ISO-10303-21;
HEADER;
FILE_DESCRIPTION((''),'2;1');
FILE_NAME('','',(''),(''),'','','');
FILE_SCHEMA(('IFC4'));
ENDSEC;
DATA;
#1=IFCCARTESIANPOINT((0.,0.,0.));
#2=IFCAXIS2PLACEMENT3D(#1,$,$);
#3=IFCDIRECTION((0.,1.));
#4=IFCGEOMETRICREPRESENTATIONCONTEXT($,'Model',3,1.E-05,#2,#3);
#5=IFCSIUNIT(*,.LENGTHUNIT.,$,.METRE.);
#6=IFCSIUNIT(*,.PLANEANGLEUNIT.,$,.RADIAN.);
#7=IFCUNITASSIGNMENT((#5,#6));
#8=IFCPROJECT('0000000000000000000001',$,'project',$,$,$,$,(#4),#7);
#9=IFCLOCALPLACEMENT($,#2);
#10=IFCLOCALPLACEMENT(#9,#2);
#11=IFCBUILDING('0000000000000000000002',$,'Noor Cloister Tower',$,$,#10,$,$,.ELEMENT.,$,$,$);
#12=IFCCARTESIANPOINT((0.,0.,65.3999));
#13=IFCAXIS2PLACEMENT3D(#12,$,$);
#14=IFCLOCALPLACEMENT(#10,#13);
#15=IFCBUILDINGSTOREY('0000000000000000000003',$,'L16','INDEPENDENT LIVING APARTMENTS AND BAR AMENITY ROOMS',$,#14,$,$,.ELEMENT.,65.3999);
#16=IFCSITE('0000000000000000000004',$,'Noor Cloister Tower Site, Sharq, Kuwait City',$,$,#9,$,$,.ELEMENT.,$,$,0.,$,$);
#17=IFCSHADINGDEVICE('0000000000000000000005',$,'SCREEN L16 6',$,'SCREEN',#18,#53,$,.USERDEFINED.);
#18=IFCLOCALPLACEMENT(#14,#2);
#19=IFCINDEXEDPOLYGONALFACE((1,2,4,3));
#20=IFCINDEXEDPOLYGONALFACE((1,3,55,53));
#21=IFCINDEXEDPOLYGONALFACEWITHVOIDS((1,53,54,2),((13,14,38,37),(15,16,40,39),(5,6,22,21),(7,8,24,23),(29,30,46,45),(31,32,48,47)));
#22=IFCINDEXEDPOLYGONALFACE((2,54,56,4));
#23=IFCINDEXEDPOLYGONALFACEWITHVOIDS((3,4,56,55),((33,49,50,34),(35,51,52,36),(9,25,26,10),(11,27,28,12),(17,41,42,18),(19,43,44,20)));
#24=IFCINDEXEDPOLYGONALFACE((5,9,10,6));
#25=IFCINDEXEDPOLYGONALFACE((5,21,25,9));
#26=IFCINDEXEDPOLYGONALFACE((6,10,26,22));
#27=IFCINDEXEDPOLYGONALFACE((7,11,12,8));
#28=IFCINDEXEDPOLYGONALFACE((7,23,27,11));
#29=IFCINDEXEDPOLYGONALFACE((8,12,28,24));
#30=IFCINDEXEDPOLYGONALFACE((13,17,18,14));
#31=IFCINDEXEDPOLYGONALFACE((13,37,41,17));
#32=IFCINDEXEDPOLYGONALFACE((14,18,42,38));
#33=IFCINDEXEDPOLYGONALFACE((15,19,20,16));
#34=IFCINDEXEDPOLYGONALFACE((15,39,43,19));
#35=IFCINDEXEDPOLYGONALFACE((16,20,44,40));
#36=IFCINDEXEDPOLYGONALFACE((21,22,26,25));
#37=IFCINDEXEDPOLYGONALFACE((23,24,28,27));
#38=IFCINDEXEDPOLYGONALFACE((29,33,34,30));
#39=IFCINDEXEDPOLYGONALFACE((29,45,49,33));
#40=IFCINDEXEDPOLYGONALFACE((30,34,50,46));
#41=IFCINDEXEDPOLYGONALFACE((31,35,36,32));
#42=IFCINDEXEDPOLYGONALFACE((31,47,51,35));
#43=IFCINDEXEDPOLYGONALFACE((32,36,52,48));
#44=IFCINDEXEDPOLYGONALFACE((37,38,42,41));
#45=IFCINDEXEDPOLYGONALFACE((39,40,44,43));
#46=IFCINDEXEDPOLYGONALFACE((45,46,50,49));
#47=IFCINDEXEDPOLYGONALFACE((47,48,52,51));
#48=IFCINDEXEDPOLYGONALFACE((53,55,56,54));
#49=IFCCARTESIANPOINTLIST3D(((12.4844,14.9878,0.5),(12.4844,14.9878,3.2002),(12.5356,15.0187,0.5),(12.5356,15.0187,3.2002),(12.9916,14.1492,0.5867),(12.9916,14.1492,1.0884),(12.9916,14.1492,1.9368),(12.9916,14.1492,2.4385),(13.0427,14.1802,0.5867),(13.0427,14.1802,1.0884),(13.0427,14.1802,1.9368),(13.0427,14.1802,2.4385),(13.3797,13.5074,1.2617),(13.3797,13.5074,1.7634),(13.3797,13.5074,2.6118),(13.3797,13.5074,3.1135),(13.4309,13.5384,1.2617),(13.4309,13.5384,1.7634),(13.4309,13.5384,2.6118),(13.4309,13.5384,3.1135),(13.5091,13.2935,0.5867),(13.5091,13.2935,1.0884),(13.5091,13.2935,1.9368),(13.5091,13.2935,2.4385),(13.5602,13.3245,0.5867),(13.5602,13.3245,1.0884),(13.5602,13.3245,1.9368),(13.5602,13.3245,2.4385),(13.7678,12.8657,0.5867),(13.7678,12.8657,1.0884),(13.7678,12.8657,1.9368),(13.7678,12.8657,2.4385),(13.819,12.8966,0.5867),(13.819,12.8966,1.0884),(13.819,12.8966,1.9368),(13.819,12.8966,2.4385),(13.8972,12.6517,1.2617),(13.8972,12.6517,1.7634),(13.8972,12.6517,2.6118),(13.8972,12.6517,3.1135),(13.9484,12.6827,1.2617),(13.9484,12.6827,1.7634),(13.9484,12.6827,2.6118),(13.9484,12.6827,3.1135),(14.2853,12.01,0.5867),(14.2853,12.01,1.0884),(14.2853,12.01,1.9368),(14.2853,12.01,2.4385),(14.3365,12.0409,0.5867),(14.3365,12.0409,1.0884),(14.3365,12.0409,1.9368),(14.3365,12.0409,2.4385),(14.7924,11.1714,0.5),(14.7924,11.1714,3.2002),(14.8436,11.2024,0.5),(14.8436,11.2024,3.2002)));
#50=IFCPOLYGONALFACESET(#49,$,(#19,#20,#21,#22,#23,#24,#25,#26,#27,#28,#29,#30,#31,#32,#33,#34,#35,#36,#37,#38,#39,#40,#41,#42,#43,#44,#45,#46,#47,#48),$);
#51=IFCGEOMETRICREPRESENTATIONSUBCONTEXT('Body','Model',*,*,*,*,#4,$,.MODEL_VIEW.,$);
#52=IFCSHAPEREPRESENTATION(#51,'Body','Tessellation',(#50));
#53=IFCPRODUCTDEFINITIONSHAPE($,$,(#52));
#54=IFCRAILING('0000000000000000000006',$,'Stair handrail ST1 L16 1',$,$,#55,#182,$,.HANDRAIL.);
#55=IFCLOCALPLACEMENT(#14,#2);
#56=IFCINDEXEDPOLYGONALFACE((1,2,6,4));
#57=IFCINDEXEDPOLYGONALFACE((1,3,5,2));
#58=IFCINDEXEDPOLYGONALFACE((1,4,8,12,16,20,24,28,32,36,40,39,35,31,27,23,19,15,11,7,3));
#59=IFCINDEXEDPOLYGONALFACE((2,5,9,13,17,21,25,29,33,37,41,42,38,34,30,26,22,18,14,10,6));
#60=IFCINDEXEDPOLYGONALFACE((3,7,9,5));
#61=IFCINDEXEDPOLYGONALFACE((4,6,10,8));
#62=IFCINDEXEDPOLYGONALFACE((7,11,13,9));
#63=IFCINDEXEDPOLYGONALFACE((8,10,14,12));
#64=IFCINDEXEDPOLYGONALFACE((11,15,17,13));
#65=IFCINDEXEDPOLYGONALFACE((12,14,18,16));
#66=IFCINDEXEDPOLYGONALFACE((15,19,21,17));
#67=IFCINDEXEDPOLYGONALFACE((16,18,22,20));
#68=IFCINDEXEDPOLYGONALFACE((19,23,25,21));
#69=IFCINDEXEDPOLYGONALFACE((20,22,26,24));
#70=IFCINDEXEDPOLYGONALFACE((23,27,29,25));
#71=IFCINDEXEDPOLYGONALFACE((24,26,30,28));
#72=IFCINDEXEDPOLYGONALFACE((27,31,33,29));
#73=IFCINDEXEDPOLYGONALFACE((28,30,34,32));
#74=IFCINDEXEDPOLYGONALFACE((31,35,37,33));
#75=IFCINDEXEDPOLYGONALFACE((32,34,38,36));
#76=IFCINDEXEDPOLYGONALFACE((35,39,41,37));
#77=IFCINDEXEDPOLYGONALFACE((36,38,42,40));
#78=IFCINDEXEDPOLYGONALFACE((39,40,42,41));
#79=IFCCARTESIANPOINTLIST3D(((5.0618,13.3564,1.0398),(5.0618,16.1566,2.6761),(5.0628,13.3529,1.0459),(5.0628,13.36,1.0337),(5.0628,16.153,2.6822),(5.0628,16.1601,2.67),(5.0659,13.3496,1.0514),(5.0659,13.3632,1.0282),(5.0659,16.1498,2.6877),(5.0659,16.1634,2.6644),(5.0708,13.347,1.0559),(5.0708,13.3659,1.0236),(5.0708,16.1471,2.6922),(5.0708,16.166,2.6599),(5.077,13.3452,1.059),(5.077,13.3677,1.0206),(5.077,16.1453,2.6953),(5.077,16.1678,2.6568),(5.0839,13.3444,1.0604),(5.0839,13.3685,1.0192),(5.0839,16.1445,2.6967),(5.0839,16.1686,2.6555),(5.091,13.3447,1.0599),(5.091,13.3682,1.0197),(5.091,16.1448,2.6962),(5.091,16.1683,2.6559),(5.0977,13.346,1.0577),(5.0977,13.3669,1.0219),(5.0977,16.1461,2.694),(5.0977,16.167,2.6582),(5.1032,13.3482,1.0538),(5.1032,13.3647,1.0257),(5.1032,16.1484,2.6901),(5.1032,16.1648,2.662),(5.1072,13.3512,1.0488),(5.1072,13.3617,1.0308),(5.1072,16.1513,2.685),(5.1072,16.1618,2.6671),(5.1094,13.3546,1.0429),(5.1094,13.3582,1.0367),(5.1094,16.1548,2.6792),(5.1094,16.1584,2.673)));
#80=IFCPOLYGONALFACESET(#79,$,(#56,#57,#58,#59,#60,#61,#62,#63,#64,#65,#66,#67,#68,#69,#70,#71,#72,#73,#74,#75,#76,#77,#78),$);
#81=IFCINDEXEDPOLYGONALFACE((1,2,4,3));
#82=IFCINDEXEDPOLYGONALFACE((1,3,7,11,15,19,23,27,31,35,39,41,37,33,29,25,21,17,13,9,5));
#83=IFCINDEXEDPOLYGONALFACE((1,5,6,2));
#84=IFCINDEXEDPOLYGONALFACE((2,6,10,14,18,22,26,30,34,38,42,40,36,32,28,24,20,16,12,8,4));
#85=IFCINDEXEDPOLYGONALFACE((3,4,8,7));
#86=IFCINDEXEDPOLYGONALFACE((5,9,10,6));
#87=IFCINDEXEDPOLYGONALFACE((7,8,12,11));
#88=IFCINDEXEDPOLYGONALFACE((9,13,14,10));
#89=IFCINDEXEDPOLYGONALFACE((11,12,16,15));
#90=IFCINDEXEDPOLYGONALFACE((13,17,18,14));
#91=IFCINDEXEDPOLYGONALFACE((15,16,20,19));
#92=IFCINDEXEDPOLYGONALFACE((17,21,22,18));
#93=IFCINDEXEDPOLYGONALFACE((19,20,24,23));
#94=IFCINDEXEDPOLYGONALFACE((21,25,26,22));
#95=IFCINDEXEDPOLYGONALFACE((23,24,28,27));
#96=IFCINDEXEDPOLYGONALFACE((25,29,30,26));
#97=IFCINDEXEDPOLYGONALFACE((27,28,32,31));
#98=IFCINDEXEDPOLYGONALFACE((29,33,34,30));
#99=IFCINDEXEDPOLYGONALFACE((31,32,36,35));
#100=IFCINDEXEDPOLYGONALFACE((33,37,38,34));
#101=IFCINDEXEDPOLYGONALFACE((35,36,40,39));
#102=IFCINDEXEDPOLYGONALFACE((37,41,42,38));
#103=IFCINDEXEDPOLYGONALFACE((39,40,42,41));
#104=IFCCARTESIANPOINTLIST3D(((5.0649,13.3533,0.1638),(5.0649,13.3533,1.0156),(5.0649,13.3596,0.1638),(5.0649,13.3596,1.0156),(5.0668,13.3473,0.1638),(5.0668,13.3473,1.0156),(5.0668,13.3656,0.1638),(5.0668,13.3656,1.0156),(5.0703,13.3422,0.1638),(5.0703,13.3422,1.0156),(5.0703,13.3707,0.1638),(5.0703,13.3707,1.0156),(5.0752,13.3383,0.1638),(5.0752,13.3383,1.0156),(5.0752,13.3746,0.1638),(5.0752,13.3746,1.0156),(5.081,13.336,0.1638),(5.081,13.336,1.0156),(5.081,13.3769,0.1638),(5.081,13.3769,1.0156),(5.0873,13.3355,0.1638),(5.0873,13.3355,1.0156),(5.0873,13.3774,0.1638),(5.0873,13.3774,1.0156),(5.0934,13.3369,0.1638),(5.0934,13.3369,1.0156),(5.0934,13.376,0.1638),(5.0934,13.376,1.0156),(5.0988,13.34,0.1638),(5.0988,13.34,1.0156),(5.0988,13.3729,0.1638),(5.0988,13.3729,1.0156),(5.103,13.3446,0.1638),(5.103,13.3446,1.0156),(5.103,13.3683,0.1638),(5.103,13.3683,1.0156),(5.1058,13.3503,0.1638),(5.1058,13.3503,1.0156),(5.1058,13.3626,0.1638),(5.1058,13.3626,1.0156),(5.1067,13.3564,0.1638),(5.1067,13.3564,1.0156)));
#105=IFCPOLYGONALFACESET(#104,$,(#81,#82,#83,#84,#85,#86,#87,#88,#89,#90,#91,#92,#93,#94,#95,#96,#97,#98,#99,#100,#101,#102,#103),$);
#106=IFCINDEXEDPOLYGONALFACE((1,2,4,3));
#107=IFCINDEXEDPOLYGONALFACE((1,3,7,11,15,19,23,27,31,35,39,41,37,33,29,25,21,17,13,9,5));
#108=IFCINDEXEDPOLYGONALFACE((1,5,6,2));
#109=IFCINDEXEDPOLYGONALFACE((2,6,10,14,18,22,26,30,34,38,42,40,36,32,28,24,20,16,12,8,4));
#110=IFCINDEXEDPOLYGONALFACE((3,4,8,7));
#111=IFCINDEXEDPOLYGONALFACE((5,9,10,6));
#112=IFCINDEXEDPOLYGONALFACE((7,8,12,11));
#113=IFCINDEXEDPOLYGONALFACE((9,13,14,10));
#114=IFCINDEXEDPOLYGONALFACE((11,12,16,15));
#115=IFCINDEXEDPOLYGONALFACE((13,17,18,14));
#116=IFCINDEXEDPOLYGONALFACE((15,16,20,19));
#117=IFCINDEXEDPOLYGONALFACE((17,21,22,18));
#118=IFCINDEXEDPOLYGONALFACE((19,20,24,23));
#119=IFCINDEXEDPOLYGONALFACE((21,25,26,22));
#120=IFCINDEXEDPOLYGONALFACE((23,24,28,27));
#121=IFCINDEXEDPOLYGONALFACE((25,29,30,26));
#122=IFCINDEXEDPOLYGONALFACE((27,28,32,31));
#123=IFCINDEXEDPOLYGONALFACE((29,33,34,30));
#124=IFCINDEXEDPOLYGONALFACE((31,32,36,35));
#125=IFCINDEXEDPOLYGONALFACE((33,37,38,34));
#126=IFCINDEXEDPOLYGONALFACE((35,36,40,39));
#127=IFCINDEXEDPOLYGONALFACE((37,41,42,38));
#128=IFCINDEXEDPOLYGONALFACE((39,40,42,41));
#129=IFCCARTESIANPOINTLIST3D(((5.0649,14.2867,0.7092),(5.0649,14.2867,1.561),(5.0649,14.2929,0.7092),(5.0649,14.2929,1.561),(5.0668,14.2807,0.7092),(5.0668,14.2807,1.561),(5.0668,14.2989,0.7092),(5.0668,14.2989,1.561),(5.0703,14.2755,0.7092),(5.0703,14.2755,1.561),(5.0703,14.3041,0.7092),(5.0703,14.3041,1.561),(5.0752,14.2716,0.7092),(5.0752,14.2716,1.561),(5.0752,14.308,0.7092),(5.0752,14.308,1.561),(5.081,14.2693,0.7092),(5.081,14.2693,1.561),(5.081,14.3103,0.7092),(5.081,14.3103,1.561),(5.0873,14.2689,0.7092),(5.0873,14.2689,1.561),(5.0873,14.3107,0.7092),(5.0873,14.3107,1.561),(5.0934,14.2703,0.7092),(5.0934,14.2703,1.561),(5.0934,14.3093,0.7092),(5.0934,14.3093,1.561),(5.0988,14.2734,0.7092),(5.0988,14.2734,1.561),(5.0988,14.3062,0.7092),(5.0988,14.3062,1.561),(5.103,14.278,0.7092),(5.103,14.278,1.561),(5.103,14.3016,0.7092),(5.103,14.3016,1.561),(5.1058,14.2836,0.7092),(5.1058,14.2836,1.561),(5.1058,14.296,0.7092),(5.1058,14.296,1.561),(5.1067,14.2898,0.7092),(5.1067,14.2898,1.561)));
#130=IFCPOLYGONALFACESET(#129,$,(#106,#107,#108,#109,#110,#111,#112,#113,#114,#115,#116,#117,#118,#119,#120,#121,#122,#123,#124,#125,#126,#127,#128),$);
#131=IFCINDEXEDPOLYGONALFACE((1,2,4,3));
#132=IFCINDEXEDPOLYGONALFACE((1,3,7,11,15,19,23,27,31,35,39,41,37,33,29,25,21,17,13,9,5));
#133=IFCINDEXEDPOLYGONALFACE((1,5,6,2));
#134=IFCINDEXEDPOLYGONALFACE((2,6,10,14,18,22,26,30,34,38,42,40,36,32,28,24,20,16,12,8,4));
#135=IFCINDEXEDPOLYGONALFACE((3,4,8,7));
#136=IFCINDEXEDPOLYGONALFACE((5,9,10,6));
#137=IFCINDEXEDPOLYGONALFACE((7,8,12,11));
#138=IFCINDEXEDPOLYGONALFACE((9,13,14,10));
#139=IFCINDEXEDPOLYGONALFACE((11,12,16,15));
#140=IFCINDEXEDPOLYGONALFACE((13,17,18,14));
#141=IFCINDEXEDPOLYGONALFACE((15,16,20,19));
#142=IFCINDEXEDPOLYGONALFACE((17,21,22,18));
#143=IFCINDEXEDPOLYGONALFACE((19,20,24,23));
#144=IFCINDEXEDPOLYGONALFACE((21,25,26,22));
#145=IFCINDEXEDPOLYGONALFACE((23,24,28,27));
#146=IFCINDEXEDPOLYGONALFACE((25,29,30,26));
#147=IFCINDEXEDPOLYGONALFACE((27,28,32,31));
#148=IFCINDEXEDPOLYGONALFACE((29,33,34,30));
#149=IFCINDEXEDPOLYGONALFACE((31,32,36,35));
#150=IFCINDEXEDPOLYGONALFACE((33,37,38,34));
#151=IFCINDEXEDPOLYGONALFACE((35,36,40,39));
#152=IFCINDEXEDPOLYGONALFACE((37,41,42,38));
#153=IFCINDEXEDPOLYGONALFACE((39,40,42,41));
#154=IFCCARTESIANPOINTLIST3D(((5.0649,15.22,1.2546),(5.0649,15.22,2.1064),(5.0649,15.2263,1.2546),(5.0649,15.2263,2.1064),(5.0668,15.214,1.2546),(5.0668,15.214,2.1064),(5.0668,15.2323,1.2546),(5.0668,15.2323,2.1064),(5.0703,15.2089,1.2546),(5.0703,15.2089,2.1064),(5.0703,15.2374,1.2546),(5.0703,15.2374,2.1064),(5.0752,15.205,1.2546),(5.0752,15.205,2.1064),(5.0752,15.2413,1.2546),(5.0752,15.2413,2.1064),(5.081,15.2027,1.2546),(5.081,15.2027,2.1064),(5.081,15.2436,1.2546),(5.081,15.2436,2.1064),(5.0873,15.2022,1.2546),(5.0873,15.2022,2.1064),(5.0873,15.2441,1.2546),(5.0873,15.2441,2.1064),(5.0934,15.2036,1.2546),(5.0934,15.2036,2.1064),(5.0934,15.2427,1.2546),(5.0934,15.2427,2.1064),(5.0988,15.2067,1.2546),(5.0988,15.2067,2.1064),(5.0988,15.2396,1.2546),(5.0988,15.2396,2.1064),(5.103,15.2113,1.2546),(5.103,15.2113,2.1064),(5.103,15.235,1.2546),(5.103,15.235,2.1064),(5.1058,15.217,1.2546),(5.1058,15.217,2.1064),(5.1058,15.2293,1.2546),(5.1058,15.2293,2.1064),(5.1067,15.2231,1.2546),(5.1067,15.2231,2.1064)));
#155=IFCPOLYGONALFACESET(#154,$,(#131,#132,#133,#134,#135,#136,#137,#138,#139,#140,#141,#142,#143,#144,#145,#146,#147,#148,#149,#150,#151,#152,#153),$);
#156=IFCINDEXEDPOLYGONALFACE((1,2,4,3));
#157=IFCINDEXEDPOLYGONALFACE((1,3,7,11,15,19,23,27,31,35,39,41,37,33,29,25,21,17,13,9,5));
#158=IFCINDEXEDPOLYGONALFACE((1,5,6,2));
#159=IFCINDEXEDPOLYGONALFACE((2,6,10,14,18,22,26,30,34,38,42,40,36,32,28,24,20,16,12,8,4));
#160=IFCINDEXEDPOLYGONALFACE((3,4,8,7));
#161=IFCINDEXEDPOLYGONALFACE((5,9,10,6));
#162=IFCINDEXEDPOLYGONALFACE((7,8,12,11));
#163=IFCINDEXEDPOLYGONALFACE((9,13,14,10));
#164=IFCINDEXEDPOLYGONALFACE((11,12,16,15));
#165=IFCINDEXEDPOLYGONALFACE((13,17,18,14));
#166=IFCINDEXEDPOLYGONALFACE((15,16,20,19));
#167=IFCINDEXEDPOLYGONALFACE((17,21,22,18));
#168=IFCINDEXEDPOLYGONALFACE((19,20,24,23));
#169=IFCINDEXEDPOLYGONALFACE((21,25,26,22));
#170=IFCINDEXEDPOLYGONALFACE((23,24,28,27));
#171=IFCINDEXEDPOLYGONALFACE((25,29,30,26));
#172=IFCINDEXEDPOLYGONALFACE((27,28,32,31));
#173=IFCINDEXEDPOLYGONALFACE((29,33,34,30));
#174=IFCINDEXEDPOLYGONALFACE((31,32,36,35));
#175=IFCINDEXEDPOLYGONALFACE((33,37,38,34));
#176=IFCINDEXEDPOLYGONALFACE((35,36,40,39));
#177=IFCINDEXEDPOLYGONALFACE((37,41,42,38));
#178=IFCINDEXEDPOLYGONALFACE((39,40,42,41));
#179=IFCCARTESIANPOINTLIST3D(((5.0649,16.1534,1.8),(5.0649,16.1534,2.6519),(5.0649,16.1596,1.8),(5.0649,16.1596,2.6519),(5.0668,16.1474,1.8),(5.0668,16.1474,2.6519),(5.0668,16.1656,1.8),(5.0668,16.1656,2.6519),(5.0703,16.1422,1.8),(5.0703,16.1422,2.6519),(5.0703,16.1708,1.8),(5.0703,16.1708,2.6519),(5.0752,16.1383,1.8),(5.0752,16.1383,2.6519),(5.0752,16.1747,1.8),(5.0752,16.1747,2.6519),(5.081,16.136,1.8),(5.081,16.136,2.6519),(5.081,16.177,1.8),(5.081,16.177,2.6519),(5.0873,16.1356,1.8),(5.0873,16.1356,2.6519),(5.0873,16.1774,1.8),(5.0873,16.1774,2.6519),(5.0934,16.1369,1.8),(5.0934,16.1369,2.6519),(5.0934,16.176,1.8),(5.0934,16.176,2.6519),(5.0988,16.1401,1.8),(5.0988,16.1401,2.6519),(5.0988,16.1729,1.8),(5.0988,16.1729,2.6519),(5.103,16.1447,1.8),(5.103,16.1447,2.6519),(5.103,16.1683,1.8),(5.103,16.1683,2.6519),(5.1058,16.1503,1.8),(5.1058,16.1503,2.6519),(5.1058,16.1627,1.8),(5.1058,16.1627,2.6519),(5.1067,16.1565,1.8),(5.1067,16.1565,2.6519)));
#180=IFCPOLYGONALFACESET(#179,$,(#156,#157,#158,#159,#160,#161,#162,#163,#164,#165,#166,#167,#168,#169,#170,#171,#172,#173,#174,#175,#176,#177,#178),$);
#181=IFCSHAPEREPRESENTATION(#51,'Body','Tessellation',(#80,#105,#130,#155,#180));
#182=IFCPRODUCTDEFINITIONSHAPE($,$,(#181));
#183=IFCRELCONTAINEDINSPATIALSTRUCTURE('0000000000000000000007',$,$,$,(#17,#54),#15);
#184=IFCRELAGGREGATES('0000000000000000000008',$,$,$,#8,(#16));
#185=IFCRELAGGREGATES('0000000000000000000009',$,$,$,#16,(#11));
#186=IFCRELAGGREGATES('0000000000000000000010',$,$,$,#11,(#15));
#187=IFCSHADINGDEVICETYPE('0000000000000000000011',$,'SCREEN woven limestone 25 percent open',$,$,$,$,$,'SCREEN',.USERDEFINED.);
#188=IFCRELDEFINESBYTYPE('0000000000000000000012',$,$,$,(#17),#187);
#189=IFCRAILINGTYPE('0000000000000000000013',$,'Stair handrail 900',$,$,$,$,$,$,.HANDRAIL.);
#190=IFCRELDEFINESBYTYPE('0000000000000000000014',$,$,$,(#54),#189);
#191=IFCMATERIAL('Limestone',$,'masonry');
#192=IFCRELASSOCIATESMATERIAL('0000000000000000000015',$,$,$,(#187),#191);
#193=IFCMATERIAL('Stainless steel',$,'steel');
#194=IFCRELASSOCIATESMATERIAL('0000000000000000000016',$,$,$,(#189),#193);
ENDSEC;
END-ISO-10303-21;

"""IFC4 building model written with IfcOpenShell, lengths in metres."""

from ifc_helpers import new_model, si_unit, direction, frame, origin, origin_2d, place, context, subcontext, project, spatial, polyline, circle, outline, extrude, material, material_profile, profile_set, type_object, element, save


model = new_model("IFC4")

# Units and contexts
model_context = context("Model", 3, precision=1e-05, world=origin(), true_north=direction((0.0, 1.0)))
body_context = subcontext(model_context, "Body", "Model", "MODEL_VIEW")
ifc_project = project(units=[si_unit("LENGTHUNIT", "METRE"), si_unit("PLANEANGLEUNIT", "RADIAN")], contexts=[model_context])

# Site, building, storey
site_placement = place(None, origin())
site = spatial("IfcSite", under=ifc_project, at=site_placement, Name="Noor Cloister Tower Site, Sharq, Kuwait City", CompositionType="ELEMENT", RefElevation=0.0)
building_placement = place(site_placement, origin())
building = spatial("IfcBuilding", under=site, at=building_placement, Name="Noor Cloister Tower", CompositionType="ELEMENT")
storey_placement = place(building_placement, frame((0.0, 0.0, 65.3999)))
storey = spatial("IfcBuildingStorey", under=building, at=storey_placement, Name="L16", Description="INDEPENDENT LIVING APARTMENTS AND BAR AMENITY ROOMS", CompositionType="ELEMENT", Elevation=65.3999)

# Shading device
ifc_material_1 = material(Name="Limestone", Category="masonry")
ifc_material_profile_1 = material_profile(ifc_material_1, outline(polyline([(-2.23, -1.3501), (2.23, -1.3501), (2.23, 1.3501), (-2.23, 1.3501), (-2.23, -1.3501)]), holes=[polyline([(-1.25, -1.2634), (-0.25, -1.2634), (-0.25, -0.7617), (-1.25, -0.7617), (-1.25, -1.2634)]), polyline([(0.25, -1.2634), (1.25, -1.2634), (1.25, -0.7617), (0.25, -0.7617), (0.25, -1.2634)]), polyline([(-0.5, -0.5884), (0.5, -0.5884), (0.5, -0.0867), (-0.5, -0.0867), (-0.5, -0.5884)]), polyline([(-1.25, 0.0867), (-0.25, 0.0867), (-0.25, 0.5884), (-1.25, 0.5884), (-1.25, 0.0867)]), polyline([(0.25, 0.0867), (1.25, 0.0867), (1.25, 0.5884), (0.25, 0.5884), (0.25, 0.0867)]), polyline([(-0.5, 0.7617), (0.5, 0.7617), (0.5, 1.2634), (-0.5, 1.2634), (-0.5, 0.7617)])]), Name="Woven screen 25 percent open")
ifc_profile_set_1 = profile_set([ifc_material_profile_1], Name="Limestone")
shading_device_type = type_object("IfcShadingDeviceType", Name="SCREEN woven limestone 25 percent open", ElementType="SCREEN", PredefinedType="USERDEFINED", material=ifc_profile_set_1)
shading_device_1_placement = place(storey_placement, frame((13.6384, 13.0796, 1.8501), z_axis=(0.85569, 0.517489, 0.0), x_axis=(-0.517489, 0.85569, 0.0)))
element("IfcShadingDevice", 1, at=shading_device_1_placement, inside=storey, type_object=shading_device_type, Name="SCREEN L16 6", ObjectType="SCREEN", PredefinedType="USERDEFINED", context=body_context, shape_type="SweptSolid", body=[
    extrude(outline(polyline([(-2.23, -1.3501), (2.23, -1.3501), (2.23, 1.3501), (-2.23, 1.3501), (-2.23, -1.3501)]), holes=[polyline([(-1.25, -1.2634), (-0.25, -1.2634), (-0.25, -0.7617), (-1.25, -0.7617), (-1.25, -1.2634)]), polyline([(0.25, -1.2634), (1.25, -1.2634), (1.25, -0.7617), (0.25, -0.7617), (0.25, -1.2634)]), polyline([(-0.5, -0.5884), (0.5, -0.5884), (0.5, -0.0867), (-0.5, -0.0867), (-0.5, -0.5884)]), polyline([(-1.25, 0.0867), (-0.25, 0.0867), (-0.25, 0.5884), (-1.25, 0.5884), (-1.25, 0.0867)]), polyline([(0.25, 0.0867), (1.25, 0.0867), (1.25, 0.5884), (0.25, 0.5884), (0.25, 0.0867)]), polyline([(-0.5, 0.7617), (0.5, 0.7617), (0.5, 1.2634), (-0.5, 1.2634), (-0.5, 0.7617)])]), origin(), (0.0, 0.0, 1.0), 0.0598),
])

# Railing
ifc_material_2 = material(Name="Stainless steel", Category="steel")
railing_type_1 = type_object("IfcRailingType", Name="Stair handrail 900", PredefinedType="HANDRAIL", material=ifc_material_2)
railing_1_placement = place(storey_placement, frame((5.0857, 13.3564, 0.1638)))
element("IfcRailing", 2, at=railing_1_placement, inside=storey, type_object=railing_type_1, Name="Stair handrail ST1 L16 1", PredefinedType="HANDRAIL", context=body_context, shape_type="SweptSolid", body=[
    extrude(circle(Radius=0.0239, at=origin_2d()), frame((0.0, 0.0, 0.876), z_axis=(0.0, 0.863394, 0.504531), x_axis=(-1.0, 0.0, 0.0)), (0.0, 0.0, 1.0), 3.2432),
    extrude(circle(Radius=0.021, at=origin_2d()), origin(), (0.0, 0.0, 1.0), 0.8518),
    extrude(circle(Radius=0.021, at=origin_2d()), frame((0.0, 0.9333, 0.5454)), (0.0, 0.0, 1.0), 0.8518),
    extrude(circle(Radius=0.021, at=origin_2d()), frame((0.0, 1.8667, 1.0908)), (0.0, 0.0, 1.0), 0.8518),
    extrude(circle(Radius=0.021, at=origin_2d()), frame((0.0, 2.8, 1.6362)), (0.0, 0.0, 1.0), 0.8518),
])

save(model, "model.ifc")
